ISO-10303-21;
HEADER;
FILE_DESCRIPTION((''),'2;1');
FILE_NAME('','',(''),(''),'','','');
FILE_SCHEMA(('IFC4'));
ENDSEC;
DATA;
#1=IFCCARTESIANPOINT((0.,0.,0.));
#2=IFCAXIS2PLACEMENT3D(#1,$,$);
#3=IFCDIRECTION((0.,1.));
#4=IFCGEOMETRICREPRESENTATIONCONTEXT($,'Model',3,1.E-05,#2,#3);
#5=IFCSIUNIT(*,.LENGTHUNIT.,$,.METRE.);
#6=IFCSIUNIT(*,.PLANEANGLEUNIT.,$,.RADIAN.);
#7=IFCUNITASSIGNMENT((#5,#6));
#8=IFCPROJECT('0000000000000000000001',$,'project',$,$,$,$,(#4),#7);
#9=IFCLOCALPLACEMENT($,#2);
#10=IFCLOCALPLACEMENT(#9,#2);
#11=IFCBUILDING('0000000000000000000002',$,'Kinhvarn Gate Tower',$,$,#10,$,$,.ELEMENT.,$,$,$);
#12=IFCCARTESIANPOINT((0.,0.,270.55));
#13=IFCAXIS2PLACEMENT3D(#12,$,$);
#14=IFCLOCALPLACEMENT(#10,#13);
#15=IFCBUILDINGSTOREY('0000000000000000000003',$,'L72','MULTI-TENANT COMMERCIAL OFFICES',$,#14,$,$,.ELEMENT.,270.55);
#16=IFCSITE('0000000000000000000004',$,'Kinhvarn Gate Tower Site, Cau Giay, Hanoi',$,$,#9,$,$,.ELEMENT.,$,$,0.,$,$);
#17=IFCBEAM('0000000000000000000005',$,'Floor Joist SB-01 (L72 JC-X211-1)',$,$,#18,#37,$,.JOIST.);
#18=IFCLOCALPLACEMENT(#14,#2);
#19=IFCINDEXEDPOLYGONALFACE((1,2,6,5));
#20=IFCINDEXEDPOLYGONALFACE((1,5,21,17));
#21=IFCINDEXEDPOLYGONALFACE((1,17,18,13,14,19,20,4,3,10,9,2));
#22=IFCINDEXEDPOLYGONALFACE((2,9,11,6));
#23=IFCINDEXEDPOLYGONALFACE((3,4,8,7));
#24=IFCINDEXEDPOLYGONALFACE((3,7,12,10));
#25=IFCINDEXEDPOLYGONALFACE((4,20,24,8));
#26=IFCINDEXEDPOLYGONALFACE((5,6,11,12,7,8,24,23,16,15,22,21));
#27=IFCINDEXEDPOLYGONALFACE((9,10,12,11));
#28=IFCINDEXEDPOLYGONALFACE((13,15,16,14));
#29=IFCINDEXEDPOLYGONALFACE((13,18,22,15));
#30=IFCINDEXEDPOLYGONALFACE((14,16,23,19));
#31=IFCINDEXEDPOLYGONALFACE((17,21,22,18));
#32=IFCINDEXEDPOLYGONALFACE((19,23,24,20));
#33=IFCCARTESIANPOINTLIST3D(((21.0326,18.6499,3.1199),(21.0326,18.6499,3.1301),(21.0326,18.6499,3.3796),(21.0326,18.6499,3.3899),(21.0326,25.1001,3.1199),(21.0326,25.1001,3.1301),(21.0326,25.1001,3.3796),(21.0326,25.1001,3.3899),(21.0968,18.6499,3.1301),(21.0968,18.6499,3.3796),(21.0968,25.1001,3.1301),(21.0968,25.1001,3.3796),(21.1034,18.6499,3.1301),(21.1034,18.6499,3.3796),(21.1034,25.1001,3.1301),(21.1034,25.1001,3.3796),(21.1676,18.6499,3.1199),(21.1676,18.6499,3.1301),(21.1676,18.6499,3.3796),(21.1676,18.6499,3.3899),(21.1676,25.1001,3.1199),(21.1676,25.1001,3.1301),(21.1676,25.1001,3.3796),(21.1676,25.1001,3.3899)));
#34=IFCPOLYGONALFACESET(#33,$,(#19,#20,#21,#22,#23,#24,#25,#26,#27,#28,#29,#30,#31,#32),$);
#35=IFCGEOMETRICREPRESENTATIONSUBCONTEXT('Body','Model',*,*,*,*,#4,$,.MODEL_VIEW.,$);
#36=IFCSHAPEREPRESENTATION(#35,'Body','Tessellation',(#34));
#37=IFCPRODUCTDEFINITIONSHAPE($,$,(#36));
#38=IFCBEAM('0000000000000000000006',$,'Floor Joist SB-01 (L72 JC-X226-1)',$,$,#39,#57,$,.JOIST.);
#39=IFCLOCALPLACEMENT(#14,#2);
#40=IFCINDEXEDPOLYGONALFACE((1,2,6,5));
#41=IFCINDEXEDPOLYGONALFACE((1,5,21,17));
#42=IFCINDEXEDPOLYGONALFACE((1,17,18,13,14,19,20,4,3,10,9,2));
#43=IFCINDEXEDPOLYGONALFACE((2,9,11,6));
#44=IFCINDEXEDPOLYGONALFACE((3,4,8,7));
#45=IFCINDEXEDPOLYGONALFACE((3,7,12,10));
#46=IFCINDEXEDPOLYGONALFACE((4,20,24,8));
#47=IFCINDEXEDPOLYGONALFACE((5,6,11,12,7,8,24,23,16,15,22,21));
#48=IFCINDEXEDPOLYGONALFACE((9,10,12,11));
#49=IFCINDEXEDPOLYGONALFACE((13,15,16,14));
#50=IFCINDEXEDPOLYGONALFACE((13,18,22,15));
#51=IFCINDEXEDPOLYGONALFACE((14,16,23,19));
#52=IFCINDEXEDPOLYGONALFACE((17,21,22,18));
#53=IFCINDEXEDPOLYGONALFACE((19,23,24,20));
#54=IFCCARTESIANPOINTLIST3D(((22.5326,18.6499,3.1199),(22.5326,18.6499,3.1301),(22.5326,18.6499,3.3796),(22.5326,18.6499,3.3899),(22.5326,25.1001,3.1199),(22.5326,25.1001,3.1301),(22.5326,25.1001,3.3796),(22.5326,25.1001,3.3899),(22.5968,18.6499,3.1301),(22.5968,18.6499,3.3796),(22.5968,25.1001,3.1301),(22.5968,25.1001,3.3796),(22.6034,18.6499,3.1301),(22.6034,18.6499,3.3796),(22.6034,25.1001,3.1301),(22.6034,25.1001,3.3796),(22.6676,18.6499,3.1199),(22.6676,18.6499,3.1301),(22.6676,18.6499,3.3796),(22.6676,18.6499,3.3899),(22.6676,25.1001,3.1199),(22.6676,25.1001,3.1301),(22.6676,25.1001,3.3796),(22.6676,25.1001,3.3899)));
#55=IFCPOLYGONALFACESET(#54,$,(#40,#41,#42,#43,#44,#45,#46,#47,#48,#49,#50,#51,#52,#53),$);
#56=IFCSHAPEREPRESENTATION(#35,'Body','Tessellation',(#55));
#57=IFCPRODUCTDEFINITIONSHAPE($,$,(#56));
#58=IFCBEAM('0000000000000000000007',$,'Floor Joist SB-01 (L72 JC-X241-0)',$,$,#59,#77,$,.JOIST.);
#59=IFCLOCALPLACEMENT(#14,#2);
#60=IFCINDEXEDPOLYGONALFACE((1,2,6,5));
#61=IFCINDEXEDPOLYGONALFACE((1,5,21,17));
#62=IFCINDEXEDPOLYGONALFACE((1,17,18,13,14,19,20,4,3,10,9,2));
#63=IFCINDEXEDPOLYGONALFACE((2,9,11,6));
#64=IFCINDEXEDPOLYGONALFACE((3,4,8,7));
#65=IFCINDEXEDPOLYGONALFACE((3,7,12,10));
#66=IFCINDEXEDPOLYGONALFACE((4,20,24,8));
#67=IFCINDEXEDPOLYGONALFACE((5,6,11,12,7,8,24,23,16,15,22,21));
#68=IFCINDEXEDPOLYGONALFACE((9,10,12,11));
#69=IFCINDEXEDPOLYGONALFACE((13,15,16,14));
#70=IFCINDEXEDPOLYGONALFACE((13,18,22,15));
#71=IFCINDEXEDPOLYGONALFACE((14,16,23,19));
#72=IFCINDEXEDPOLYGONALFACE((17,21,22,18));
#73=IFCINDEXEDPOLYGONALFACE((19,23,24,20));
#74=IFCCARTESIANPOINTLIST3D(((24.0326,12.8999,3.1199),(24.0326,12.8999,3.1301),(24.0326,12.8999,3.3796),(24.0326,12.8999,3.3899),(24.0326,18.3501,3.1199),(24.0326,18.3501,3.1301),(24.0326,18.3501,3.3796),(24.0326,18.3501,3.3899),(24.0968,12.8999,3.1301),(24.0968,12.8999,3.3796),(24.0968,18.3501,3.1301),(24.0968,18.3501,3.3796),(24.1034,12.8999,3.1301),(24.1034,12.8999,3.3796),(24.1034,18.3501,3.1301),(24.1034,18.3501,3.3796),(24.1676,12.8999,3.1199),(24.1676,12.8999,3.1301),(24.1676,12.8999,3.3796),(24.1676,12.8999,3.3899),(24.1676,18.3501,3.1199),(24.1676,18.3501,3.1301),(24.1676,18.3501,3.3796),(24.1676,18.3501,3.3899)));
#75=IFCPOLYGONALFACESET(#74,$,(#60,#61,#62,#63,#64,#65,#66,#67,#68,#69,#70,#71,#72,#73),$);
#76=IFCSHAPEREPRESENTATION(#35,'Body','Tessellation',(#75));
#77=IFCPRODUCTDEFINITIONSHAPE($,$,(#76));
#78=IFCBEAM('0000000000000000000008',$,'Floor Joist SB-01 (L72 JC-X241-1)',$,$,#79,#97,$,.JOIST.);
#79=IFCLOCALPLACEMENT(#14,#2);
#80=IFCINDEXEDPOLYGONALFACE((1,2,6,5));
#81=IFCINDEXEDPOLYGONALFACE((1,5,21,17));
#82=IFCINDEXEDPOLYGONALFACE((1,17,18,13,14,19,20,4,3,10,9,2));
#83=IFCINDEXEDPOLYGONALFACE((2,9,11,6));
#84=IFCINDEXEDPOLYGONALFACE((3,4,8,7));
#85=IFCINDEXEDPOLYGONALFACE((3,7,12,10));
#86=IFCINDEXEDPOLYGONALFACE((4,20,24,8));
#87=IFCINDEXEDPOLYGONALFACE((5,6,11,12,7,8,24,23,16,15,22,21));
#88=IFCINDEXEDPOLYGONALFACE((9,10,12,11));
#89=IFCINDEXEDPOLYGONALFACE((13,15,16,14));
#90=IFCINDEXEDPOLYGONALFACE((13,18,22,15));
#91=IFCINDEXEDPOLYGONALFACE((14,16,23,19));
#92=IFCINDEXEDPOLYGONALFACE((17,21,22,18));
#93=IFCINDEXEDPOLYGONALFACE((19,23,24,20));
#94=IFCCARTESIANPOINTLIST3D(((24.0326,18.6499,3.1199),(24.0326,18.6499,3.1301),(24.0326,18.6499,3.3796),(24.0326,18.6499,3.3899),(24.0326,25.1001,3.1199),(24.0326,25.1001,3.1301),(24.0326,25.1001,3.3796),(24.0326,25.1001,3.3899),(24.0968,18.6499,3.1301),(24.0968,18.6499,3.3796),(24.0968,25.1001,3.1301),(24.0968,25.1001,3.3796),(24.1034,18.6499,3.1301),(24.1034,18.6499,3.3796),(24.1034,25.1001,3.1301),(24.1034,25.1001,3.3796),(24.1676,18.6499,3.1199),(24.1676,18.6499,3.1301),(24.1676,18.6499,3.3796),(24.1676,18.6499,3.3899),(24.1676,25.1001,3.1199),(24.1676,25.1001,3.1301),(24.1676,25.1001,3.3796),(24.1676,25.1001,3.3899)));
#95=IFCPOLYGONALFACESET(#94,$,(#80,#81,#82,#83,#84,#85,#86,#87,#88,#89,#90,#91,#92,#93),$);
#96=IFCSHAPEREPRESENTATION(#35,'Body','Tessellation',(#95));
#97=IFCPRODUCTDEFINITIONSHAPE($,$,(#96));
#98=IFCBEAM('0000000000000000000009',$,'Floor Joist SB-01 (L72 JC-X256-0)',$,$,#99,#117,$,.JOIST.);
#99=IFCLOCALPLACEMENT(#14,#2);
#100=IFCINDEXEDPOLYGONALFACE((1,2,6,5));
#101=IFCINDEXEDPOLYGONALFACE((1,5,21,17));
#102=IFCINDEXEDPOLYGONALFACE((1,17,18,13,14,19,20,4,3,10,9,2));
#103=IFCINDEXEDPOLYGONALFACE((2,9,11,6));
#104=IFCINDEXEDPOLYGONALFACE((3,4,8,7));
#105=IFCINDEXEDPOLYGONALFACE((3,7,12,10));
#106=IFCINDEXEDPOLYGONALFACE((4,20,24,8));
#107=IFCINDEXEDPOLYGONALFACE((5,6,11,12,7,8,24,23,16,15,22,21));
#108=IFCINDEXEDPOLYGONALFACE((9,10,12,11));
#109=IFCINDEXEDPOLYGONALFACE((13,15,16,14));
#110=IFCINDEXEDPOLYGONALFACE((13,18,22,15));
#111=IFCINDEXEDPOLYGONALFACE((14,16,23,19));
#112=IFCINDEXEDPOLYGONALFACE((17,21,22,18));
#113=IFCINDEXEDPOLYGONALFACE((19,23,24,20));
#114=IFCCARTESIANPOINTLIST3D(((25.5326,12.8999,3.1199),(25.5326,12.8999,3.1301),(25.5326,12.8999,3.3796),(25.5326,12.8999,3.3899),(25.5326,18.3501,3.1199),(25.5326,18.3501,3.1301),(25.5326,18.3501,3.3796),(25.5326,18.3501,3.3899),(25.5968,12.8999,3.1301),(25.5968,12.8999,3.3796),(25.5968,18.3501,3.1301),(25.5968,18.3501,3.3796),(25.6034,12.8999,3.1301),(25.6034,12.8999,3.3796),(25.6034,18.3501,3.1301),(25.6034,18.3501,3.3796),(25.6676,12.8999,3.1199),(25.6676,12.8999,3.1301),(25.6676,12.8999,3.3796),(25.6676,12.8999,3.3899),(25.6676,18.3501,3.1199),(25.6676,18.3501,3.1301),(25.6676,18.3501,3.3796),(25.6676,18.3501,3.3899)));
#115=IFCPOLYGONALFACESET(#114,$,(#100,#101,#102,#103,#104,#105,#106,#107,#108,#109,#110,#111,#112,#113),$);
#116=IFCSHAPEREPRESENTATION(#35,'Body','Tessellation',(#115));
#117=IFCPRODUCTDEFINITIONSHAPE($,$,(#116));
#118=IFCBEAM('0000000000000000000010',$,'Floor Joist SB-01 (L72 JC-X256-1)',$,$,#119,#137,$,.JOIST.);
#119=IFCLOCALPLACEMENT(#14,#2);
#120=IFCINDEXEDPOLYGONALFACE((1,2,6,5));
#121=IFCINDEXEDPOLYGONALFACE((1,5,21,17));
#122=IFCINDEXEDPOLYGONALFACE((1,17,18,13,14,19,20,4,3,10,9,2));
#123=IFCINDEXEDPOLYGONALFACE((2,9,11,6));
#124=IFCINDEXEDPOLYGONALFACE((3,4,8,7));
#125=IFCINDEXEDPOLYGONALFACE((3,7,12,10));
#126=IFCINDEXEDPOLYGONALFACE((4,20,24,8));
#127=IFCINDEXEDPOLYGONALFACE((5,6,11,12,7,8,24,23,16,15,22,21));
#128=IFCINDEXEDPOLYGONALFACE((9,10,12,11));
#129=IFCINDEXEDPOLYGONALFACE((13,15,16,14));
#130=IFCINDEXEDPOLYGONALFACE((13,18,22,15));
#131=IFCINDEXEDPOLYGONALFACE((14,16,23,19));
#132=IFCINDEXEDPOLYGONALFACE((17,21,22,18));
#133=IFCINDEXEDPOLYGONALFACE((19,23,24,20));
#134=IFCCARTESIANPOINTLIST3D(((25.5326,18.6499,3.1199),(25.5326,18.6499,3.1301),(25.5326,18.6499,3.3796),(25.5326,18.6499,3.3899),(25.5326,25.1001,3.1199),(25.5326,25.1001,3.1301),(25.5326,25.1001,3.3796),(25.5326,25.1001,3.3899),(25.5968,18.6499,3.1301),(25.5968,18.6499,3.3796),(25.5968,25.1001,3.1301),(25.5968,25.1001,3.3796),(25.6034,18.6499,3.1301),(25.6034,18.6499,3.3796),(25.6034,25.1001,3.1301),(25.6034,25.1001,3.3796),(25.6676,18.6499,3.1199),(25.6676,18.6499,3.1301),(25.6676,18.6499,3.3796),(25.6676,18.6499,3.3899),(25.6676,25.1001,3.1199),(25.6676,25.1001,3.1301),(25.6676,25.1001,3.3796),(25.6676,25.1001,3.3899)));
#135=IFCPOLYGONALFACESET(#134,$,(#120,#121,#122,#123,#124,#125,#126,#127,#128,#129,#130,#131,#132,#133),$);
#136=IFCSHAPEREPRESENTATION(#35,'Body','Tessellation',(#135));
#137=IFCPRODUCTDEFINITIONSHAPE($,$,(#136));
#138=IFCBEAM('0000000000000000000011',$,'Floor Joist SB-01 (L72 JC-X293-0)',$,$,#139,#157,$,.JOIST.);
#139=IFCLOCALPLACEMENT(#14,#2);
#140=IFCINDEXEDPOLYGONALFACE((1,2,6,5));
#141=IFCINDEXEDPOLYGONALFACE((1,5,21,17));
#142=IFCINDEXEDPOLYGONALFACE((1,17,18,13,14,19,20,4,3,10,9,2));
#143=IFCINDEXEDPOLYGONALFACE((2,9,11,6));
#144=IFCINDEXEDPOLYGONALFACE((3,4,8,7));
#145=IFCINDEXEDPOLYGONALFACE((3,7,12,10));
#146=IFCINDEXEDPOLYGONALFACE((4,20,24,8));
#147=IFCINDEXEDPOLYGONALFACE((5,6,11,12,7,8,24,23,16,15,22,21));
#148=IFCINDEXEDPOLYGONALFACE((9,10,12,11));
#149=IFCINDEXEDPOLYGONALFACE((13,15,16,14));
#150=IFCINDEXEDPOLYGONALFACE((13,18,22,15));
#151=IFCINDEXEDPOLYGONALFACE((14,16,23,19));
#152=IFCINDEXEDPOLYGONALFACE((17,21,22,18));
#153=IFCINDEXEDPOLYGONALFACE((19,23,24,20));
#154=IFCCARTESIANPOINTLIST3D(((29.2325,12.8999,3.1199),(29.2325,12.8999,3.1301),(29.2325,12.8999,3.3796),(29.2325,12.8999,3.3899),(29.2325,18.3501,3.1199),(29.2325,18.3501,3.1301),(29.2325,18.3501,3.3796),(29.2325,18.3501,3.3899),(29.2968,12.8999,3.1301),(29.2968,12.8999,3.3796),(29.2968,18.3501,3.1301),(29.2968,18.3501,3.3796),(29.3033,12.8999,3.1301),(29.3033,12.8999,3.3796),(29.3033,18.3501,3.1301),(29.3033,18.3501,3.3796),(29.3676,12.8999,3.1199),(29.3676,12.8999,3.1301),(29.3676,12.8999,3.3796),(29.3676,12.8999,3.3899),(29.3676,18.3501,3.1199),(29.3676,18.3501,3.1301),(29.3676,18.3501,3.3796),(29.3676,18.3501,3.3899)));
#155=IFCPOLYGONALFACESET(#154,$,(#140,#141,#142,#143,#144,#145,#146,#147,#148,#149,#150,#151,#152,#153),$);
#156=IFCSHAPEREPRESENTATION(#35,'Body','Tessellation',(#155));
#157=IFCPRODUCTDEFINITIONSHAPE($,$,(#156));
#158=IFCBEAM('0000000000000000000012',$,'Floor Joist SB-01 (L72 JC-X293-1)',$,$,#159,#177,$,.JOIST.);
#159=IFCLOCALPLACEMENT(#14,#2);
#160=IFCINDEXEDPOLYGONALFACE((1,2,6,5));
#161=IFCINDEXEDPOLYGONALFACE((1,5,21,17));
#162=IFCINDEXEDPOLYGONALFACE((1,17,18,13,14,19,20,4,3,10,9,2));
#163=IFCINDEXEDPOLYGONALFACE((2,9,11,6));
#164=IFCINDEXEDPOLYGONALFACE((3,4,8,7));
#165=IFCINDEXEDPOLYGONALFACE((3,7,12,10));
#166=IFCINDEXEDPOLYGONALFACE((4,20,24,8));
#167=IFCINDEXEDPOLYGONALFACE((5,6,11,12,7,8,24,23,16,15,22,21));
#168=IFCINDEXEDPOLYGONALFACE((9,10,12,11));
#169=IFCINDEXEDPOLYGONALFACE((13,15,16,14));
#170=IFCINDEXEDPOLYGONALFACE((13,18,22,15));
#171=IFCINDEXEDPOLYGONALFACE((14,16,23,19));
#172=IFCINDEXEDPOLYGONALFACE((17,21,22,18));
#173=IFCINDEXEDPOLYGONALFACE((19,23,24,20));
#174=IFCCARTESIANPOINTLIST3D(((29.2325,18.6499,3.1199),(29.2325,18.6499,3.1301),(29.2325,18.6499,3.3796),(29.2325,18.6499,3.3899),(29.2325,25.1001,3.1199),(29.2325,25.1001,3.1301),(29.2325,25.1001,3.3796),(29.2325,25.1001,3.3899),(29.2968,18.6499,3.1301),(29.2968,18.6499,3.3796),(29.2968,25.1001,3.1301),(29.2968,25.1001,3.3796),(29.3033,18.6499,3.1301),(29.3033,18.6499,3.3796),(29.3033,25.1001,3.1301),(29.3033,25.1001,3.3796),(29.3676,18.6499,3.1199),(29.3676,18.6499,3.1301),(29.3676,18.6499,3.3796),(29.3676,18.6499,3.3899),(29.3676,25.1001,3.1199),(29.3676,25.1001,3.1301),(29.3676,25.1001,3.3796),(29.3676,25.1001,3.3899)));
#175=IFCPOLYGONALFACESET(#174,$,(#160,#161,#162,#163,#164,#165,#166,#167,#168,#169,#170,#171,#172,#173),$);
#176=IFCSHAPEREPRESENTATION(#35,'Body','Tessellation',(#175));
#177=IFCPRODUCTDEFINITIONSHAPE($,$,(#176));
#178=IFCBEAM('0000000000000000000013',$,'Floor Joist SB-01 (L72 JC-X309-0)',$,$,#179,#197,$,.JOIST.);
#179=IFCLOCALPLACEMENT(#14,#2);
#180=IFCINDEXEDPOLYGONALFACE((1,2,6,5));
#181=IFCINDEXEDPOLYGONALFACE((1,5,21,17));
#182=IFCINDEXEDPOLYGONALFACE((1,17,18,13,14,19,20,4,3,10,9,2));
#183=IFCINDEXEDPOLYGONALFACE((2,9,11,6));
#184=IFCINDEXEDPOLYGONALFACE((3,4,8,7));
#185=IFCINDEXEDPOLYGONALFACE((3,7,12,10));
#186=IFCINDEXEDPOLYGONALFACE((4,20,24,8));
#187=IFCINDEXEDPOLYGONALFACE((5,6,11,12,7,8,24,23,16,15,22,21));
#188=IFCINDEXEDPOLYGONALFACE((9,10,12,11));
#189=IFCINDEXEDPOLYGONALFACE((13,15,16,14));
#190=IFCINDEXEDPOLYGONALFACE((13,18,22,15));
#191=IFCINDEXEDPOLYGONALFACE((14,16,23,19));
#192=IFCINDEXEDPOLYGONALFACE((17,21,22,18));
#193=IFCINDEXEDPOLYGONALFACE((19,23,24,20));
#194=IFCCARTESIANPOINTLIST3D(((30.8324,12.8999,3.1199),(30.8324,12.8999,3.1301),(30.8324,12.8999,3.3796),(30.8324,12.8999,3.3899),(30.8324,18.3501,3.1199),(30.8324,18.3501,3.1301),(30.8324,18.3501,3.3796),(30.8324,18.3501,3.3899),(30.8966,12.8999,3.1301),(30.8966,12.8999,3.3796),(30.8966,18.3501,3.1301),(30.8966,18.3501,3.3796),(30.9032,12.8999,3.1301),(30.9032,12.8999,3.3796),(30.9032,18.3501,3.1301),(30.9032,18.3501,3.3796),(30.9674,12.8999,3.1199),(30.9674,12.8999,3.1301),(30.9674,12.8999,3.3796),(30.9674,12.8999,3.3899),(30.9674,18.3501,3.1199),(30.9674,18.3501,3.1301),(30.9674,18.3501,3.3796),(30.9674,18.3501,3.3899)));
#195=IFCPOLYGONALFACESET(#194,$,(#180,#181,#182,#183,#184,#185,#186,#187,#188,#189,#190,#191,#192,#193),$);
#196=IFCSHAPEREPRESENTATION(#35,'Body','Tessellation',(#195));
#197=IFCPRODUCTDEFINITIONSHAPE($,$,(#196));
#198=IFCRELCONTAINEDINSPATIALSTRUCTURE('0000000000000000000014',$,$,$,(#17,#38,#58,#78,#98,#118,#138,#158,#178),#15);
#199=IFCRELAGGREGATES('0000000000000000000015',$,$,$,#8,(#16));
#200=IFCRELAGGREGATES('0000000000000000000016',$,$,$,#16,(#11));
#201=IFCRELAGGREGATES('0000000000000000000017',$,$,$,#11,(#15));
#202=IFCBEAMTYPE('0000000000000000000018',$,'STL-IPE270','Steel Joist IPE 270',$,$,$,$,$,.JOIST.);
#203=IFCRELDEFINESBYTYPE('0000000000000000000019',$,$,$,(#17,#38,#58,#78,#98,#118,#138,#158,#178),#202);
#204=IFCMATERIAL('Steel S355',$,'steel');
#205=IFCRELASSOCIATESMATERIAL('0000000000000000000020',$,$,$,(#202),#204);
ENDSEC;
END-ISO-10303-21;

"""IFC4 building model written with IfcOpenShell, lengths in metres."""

from ifc_helpers import new_model, si_unit, direction, frame, origin, origin_2d, place, context, subcontext, project, spatial, i_section, extrude, material, material_profile, profile_set, type_object, element, save


model = new_model("IFC4")

# Units and contexts
model_context = context("Model", 3, precision=1e-05, world=origin(), true_north=direction((0.0, 1.0)))
body_context = subcontext(model_context, "Body", "Model", "MODEL_VIEW")
ifc_project = project(units=[si_unit("LENGTHUNIT", "METRE"), si_unit("PLANEANGLEUNIT", "RADIAN")], contexts=[model_context])

# Site, building, storey
site_placement = place(None, origin())
site = spatial("IfcSite", under=ifc_project, at=site_placement, Name="Kinhvarn Gate Tower Site, Cau Giay, Hanoi", CompositionType="ELEMENT", RefElevation=0.0)
building_placement = place(site_placement, origin())
building = spatial("IfcBuilding", under=site, at=building_placement, Name="Kinhvarn Gate Tower", CompositionType="ELEMENT")
storey_placement = place(building_placement, frame((0.0, 0.0, 270.55)))
storey = spatial("IfcBuildingStorey", under=building, at=storey_placement, Name="L72", Description="MULTI-TENANT COMMERCIAL OFFICES", CompositionType="ELEMENT", Elevation=270.55)

# Beams
ifc_material_1 = material(Name="Steel S355", Category="steel")
ifc_material_profile = material_profile(ifc_material_1, i_section(OverallWidth=0.135, OverallDepth=0.27, WebThickness=0.0066, FlangeThickness=0.0103, at=origin_2d()), Name="IPE 270")
ifc_profile_set = profile_set([ifc_material_profile], Name="Steel S355")
beam_type = type_object("IfcBeamType", Name="STL-IPE270", Description="Steel Joist IPE 270", PredefinedType="JOIST", material=ifc_profile_set)
for number, where, z_axis, x_axis, name in (
    (1, (21.1001, 18.6499, 3.2549), (0.0, 1.0, 0.0), (-1.0, 0.0, 0.0), "Floor Joist SB-01 (L72 JC-X211-1)"),
    (2, (22.6001, 18.6499, 3.2549), (0.0, 1.0, 0.0), (-1.0, 0.0, 0.0), "Floor Joist SB-01 (L72 JC-X226-1)"),
):
    element("IfcBeam", number, at=place(storey_placement, frame(where, z_axis=z_axis, x_axis=x_axis)), inside=storey, type_object=beam_type, Name=name, PredefinedType="JOIST", context=body_context, shape_type="SweptSolid", body=[
        extrude(i_section(OverallWidth=0.135, OverallDepth=0.27, WebThickness=0.0066, FlangeThickness=0.0103, at=origin_2d()), origin(), (0.0, 0.0, 1.0), 6.4502),
    ])
beam_1_placement = place(storey_placement, frame((24.1001, 12.8999, 3.2549), z_axis=(0.0, 1.0, 0.0), x_axis=(-1.0, 0.0, 0.0)))
element("IfcBeam", 3, at=beam_1_placement, inside=storey, type_object=beam_type, Name="Floor Joist SB-01 (L72 JC-X241-0)", PredefinedType="JOIST", context=body_context, shape_type="SweptSolid", body=[
    extrude(i_section(OverallWidth=0.135, OverallDepth=0.27, WebThickness=0.0066, FlangeThickness=0.0103, at=origin_2d()), origin(), (0.0, 0.0, 1.0), 5.4502),
])
beam_2_placement = place(storey_placement, frame((24.1001, 18.6499, 3.2549), z_axis=(0.0, 1.0, 0.0), x_axis=(-1.0, 0.0, 0.0)))
element("IfcBeam", 4, at=beam_2_placement, inside=storey, type_object=beam_type, Name="Floor Joist SB-01 (L72 JC-X241-1)", PredefinedType="JOIST", context=body_context, shape_type="SweptSolid", body=[
    extrude(i_section(OverallWidth=0.135, OverallDepth=0.27, WebThickness=0.0066, FlangeThickness=0.0103, at=origin_2d()), origin(), (0.0, 0.0, 1.0), 6.4502),
])
beam_3_placement = place(storey_placement, frame((25.6001, 12.8999, 3.2549), z_axis=(0.0, 1.0, 0.0), x_axis=(-1.0, 0.0, 0.0)))
element("IfcBeam", 5, at=beam_3_placement, inside=storey, type_object=beam_type, Name="Floor Joist SB-01 (L72 JC-X256-0)", PredefinedType="JOIST", context=body_context, shape_type="SweptSolid", body=[
    extrude(i_section(OverallWidth=0.135, OverallDepth=0.27, WebThickness=0.0066, FlangeThickness=0.0103, at=origin_2d()), origin(), (0.0, 0.0, 1.0), 5.4502),
])
beam_4_placement = place(storey_placement, frame((25.6001, 18.6499, 3.2549), z_axis=(0.0, 1.0, 0.0), x_axis=(-1.0, 0.0, 0.0)))
element("IfcBeam", 6, at=beam_4_placement, inside=storey, type_object=beam_type, Name="Floor Joist SB-01 (L72 JC-X256-1)", PredefinedType="JOIST", context=body_context, shape_type="SweptSolid", body=[
    extrude(i_section(OverallWidth=0.135, OverallDepth=0.27, WebThickness=0.0066, FlangeThickness=0.0103, at=origin_2d()), origin(), (0.0, 0.0, 1.0), 6.4502),
])
beam_5_placement = place(storey_placement, frame((29.3, 12.8999, 3.2549), z_axis=(0.0, 1.0, 0.0), x_axis=(-1.0, 0.0, 0.0)))
element("IfcBeam", 7, at=beam_5_placement, inside=storey, type_object=beam_type, Name="Floor Joist SB-01 (L72 JC-X293-0)", PredefinedType="JOIST", context=body_context, shape_type="SweptSolid", body=[
    extrude(i_section(OverallWidth=0.135, OverallDepth=0.27, WebThickness=0.0066, FlangeThickness=0.0103, at=origin_2d()), origin(), (0.0, 0.0, 1.0), 5.4502),
])
beam_6_placement = place(storey_placement, frame((29.3, 18.6499, 3.2549), z_axis=(0.0, 1.0, 0.0), x_axis=(-1.0, 0.0, 0.0)))
element("IfcBeam", 8, at=beam_6_placement, inside=storey, type_object=beam_type, Name="Floor Joist SB-01 (L72 JC-X293-1)", PredefinedType="JOIST", context=body_context, shape_type="SweptSolid", body=[
    extrude(i_section(OverallWidth=0.135, OverallDepth=0.27, WebThickness=0.0066, FlangeThickness=0.0103, at=origin_2d()), origin(), (0.0, 0.0, 1.0), 6.4502),
])
beam_7_placement = place(storey_placement, frame((30.8999, 12.8999, 3.2549), z_axis=(0.0, 1.0, 0.0), x_axis=(-1.0, 0.0, 0.0)))
element("IfcBeam", 9, at=beam_7_placement, inside=storey, type_object=beam_type, Name="Floor Joist SB-01 (L72 JC-X309-0)", PredefinedType="JOIST", context=body_context, shape_type="SweptSolid", body=[
    extrude(i_section(OverallWidth=0.135, OverallDepth=0.27, WebThickness=0.0066, FlangeThickness=0.0103, at=origin_2d()), origin(), (0.0, 0.0, 1.0), 5.4502),
])

save(model, "model.ifc")
